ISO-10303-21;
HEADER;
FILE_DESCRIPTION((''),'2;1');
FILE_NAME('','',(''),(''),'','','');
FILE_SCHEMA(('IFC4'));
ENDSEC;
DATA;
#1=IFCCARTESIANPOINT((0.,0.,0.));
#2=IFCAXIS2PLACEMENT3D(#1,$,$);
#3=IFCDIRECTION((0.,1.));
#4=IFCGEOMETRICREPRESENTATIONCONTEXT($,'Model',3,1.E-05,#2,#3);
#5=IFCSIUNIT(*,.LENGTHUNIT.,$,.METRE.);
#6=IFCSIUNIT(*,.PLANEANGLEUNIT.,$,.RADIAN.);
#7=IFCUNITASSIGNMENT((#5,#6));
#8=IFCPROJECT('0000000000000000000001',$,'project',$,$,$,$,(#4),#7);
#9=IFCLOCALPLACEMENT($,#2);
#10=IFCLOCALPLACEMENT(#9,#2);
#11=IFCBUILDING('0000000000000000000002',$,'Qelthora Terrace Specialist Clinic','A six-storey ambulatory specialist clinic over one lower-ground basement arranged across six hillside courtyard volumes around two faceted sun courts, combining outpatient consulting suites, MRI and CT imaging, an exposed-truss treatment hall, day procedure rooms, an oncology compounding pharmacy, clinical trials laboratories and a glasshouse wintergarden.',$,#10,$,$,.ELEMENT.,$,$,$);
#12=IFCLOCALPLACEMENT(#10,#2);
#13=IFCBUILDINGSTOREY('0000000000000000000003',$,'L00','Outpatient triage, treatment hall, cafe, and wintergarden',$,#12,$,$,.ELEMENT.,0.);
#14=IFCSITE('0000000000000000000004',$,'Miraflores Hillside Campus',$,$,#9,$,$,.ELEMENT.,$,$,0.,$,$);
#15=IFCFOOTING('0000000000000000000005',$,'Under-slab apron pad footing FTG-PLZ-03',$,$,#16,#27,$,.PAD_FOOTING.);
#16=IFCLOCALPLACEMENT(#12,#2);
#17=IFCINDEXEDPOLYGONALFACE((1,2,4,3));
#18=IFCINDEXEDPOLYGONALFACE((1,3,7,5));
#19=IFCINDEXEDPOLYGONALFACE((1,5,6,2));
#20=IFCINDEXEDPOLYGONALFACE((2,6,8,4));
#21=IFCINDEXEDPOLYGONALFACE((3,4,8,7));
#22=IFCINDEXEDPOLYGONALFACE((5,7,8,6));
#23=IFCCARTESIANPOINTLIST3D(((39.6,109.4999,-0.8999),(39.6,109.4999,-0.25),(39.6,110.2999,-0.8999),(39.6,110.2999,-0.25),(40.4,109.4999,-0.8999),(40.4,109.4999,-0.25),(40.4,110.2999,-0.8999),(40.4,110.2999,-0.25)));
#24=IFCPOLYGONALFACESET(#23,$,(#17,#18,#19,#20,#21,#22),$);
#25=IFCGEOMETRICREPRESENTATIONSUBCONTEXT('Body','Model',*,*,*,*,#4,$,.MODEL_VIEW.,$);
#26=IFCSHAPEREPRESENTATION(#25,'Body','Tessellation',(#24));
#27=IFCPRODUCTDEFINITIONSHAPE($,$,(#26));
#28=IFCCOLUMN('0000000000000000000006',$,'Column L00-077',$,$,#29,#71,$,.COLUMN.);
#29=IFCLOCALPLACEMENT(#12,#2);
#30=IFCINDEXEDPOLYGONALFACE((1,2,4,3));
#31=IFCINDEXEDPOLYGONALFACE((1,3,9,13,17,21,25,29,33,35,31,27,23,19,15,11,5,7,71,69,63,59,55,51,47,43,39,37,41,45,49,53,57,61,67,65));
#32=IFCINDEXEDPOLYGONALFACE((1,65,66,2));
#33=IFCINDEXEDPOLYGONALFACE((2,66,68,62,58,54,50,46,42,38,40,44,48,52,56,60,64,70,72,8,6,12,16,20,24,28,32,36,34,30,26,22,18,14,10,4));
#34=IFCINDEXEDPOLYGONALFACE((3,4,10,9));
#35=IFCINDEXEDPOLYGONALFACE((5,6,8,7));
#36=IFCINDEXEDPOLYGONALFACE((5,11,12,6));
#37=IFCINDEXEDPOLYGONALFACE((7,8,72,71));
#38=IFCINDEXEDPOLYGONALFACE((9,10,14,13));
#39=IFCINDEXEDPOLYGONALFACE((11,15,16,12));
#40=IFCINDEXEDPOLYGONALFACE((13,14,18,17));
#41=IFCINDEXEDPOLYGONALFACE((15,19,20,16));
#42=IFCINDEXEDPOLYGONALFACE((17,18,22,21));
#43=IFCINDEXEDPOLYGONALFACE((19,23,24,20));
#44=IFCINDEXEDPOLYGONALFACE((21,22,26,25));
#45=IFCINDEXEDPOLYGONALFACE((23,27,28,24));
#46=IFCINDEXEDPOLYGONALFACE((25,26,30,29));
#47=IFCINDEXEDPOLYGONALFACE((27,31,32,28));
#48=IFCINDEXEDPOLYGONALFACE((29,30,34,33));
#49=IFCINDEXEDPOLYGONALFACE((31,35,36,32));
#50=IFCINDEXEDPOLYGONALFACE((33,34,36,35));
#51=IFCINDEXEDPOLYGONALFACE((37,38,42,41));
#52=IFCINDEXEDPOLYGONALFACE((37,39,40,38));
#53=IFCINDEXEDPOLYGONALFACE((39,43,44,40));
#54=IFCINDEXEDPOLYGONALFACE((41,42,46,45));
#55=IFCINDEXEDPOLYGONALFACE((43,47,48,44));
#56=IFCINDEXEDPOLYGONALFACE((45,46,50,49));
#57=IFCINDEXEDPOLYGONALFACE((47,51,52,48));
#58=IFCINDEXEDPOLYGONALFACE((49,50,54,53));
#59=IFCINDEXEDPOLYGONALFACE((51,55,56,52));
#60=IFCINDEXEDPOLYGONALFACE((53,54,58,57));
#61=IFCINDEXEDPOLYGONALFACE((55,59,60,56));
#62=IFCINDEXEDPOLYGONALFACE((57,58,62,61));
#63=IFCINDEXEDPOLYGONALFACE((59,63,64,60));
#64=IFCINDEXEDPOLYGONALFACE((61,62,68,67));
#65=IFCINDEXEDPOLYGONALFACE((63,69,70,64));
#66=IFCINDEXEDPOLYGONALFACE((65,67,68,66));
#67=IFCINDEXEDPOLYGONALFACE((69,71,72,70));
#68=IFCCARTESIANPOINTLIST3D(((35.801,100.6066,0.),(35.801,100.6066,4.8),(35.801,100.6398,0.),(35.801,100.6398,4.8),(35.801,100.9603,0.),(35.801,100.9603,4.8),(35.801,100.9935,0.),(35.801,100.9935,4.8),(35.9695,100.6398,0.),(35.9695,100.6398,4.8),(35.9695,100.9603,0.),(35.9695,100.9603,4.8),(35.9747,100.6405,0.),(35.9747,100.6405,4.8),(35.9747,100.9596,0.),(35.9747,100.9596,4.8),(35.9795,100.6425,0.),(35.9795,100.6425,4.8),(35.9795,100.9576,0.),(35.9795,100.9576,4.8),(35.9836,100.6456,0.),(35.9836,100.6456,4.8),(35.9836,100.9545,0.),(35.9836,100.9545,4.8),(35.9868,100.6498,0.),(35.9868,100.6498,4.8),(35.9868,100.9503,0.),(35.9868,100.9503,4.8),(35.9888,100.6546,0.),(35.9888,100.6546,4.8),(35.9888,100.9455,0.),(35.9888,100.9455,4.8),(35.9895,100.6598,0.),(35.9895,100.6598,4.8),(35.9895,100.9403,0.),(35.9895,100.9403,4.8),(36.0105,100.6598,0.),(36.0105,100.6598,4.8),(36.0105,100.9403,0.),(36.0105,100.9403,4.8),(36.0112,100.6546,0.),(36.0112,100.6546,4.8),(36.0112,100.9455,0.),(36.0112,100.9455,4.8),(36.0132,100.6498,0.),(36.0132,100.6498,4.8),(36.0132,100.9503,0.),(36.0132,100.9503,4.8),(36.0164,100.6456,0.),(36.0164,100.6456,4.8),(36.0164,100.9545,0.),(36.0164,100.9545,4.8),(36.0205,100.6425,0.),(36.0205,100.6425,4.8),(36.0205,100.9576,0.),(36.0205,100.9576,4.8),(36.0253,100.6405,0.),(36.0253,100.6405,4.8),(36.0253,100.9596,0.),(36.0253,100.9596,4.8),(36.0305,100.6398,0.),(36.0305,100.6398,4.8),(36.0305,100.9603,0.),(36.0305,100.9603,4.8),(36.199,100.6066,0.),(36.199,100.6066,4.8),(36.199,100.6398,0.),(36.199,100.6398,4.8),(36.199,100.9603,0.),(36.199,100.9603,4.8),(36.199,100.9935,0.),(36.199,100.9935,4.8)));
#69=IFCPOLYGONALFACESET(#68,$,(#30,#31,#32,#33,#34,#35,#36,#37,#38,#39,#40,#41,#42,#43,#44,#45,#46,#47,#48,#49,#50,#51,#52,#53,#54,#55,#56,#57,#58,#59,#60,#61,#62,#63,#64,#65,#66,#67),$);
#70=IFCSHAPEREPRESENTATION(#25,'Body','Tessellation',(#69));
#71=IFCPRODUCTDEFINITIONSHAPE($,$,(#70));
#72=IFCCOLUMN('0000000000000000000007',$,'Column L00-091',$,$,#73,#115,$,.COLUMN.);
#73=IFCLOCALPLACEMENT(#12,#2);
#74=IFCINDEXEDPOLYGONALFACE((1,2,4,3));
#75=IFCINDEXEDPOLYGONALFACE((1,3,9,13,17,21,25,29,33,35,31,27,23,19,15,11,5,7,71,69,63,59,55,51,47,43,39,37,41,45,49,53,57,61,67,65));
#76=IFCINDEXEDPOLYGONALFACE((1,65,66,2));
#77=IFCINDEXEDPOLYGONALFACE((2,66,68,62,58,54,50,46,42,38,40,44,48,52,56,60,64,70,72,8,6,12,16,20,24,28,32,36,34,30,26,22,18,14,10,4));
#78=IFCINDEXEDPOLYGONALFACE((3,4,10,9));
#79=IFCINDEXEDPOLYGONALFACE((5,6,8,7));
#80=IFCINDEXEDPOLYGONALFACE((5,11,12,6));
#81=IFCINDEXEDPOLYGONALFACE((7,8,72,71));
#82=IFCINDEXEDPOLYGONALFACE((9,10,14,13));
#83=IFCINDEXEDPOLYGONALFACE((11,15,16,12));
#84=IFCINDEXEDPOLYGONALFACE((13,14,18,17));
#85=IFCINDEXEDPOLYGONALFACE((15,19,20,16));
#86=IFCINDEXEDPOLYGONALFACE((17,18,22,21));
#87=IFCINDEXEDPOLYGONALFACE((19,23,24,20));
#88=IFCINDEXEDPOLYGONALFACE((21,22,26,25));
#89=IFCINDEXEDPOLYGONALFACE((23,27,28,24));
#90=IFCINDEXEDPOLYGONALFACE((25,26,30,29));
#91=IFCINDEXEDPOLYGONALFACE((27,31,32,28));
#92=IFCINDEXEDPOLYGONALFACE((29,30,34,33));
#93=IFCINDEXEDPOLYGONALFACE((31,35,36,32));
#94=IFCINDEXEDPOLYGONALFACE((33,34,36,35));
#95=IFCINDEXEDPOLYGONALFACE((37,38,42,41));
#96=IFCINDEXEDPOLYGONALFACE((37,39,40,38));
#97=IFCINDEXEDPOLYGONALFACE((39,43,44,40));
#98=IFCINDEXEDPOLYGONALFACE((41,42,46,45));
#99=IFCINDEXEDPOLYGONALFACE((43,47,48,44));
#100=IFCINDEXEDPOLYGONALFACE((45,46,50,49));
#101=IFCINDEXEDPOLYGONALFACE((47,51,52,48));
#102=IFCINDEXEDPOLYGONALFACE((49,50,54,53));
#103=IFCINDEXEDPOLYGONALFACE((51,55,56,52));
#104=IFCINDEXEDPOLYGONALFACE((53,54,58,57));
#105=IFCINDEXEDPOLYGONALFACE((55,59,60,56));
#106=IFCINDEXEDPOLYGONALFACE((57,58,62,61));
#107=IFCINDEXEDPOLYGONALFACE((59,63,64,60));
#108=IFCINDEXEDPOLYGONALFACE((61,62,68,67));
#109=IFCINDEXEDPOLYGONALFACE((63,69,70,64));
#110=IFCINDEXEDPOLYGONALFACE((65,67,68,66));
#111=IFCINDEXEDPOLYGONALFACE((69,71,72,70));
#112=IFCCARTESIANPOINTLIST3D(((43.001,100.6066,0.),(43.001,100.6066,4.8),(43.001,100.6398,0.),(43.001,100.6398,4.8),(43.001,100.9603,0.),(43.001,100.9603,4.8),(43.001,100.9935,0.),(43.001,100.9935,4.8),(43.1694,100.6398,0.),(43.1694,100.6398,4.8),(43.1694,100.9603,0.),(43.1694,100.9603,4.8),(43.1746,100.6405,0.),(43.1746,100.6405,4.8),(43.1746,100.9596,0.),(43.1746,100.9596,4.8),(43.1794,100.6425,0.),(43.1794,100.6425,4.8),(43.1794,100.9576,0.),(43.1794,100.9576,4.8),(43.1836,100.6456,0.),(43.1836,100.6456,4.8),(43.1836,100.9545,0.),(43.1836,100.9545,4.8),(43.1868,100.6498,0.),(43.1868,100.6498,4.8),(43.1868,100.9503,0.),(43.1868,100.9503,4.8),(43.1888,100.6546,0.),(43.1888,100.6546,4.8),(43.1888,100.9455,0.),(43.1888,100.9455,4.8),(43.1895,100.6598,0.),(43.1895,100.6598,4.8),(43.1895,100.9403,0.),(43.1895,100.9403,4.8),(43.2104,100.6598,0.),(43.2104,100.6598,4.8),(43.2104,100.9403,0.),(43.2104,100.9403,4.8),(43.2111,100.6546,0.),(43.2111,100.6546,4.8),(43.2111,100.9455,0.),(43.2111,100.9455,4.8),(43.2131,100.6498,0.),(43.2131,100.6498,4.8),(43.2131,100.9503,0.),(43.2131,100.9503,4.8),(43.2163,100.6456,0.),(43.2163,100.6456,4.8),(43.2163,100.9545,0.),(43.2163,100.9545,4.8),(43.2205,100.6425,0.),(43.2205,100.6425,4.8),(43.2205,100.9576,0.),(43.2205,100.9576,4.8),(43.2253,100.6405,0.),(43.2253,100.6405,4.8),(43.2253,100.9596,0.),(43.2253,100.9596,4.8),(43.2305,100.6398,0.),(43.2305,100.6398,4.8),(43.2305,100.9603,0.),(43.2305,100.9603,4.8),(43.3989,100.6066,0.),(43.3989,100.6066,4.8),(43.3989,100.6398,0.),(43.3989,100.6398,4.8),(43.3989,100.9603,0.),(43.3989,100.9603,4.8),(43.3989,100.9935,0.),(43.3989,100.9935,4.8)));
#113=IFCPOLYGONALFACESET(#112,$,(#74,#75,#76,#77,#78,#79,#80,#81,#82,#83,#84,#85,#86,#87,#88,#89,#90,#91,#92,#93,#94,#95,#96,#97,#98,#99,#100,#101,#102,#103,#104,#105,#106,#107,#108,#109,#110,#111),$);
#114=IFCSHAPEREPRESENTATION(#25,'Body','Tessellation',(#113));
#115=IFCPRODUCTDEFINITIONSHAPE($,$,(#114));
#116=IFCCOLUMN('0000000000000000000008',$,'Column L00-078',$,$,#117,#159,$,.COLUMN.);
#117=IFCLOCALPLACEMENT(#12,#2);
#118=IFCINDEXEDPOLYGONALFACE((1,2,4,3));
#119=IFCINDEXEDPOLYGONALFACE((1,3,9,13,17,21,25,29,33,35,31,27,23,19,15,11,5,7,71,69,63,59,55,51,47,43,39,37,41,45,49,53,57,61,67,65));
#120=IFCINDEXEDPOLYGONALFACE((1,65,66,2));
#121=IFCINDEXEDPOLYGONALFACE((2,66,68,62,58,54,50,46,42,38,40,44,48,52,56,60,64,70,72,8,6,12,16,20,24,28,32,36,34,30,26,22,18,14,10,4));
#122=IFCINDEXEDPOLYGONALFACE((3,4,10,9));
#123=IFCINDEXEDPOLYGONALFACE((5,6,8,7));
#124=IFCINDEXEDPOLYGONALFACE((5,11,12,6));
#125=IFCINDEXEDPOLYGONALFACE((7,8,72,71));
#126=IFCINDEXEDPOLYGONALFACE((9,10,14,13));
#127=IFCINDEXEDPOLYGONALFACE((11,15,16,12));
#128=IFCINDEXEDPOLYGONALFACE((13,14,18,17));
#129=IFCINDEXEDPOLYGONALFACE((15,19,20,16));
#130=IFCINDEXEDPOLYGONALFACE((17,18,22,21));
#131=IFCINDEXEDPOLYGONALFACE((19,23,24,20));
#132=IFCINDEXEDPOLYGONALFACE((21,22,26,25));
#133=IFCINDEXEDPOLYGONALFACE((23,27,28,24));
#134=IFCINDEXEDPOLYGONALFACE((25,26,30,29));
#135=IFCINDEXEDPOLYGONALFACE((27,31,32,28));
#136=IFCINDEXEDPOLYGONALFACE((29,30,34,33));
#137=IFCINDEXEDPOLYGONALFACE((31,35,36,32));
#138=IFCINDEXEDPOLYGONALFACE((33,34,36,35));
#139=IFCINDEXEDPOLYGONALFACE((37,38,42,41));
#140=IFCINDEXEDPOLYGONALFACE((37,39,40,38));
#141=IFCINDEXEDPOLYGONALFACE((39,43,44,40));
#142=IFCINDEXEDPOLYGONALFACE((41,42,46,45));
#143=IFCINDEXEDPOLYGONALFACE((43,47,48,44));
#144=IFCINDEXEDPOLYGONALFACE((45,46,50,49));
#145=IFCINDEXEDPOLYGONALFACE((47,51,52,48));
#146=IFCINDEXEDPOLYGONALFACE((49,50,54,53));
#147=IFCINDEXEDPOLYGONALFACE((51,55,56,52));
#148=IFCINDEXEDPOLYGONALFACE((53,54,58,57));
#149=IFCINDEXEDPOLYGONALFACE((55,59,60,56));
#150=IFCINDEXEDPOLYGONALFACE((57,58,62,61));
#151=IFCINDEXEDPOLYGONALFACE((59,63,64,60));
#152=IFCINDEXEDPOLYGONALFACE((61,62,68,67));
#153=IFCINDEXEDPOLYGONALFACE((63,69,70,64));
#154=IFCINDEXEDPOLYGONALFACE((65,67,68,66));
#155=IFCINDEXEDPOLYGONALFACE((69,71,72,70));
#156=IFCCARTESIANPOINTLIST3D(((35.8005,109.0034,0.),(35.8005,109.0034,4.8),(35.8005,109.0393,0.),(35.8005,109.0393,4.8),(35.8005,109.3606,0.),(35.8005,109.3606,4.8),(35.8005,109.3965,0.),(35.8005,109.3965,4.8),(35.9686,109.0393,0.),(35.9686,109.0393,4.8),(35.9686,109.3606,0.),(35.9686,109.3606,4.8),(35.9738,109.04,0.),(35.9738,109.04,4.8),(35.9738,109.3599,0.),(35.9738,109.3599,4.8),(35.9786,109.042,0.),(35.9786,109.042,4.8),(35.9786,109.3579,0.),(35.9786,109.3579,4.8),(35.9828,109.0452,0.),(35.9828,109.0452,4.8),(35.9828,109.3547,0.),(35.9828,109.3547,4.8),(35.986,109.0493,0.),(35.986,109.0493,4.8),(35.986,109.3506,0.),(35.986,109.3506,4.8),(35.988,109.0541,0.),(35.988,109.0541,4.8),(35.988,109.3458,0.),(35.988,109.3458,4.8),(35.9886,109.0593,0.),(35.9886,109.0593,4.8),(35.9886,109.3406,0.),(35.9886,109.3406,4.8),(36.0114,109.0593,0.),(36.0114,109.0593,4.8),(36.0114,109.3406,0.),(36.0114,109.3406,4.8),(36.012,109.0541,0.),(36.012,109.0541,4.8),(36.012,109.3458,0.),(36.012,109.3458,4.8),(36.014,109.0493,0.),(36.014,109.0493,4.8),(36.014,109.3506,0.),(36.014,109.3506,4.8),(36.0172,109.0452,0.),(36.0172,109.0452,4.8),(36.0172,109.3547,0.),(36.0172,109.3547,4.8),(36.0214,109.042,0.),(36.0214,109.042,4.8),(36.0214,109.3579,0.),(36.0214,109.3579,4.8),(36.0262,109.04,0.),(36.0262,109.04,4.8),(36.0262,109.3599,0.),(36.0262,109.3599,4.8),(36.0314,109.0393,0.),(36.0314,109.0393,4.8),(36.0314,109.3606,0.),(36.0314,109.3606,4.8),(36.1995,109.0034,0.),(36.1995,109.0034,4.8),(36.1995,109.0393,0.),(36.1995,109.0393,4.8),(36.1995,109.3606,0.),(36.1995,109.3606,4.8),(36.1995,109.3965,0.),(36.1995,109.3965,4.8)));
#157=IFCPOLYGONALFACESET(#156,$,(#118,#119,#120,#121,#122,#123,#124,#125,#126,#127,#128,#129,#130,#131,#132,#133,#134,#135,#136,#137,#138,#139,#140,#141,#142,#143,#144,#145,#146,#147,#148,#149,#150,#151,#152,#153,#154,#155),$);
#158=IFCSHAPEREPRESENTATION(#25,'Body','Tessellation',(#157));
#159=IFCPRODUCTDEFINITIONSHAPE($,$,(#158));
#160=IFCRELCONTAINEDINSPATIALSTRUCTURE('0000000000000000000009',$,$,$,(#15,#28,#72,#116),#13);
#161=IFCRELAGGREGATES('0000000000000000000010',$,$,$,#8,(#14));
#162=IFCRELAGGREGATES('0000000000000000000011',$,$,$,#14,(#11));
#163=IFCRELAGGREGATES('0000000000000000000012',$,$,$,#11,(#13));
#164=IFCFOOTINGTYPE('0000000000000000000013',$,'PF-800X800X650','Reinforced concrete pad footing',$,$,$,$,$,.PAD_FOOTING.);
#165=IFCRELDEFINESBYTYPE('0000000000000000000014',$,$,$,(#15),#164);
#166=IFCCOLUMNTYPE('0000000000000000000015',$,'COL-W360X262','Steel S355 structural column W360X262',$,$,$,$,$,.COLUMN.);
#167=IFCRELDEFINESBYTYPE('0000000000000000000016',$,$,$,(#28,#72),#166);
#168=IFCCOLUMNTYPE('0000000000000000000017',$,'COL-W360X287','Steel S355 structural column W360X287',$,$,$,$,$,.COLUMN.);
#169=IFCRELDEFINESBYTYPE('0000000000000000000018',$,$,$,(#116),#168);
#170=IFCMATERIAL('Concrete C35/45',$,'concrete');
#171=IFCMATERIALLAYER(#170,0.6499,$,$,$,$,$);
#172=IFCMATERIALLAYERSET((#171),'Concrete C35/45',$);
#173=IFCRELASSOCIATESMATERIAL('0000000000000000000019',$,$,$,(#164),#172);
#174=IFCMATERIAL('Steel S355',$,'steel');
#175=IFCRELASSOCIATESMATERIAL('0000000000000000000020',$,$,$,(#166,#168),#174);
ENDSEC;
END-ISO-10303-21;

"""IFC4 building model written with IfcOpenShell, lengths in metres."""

from ifc_helpers import new_model, si_unit, direction, frame, origin, origin_2d, place, context, subcontext, project, spatial, rectangle, i_section, extrude, material, layer, layer_set, material_profile, profile_set, type_object, element, save


model = new_model("IFC4")

# Units and contexts
model_context = context("Model", 3, precision=1e-05, world=origin(), true_north=direction((0.0, 1.0)))
body_context = subcontext(model_context, "Body", "Model", "MODEL_VIEW")
ifc_project = project(units=[si_unit("LENGTHUNIT", "METRE"), si_unit("PLANEANGLEUNIT", "RADIAN")], contexts=[model_context])

# Site, building, storey
site_placement = place(None, origin())
site = spatial("IfcSite", under=ifc_project, at=site_placement, Name="Miraflores Hillside Campus", CompositionType="ELEMENT", RefElevation=0.0)
building_placement = place(site_placement, origin())
building = spatial("IfcBuilding", under=site, at=building_placement, Name="Qelthora Terrace Specialist Clinic", Description="A six-storey ambulatory specialist clinic over one lower-ground basement arranged across six hillside courtyard volumes around two faceted sun courts, combining outpatient consulting suites, MRI and CT imaging, an exposed-truss treatment hall, day procedure rooms, an oncology compounding pharmacy, clinical trials laboratories and a glasshouse wintergarden.", CompositionType="ELEMENT")
storey_placement = place(building_placement, origin())
storey = spatial("IfcBuildingStorey", under=building, at=storey_placement, Name="L00", Description="Outpatient triage, treatment hall, cafe, and wintergarden", CompositionType="ELEMENT", Elevation=0.0)

# Footing
ifc_material_1 = material(Name="Concrete C35/45", Category="concrete")
ifc_layer_1 = layer(ifc_material_1, 0.6499)
ifc_layer_set_1 = layer_set([ifc_layer_1], Name="Concrete C35/45")
footing_type = type_object("IfcFootingType", Name="PF-800X800X650", Description="Reinforced concrete pad footing", PredefinedType="PAD_FOOTING", material=ifc_layer_set_1)
footing_placement = place(storey_placement, frame((40.0, 109.8999, -0.8999), z_axis=(0.0, 0.0, 1.0), x_axis=(1.0, 0.0, 0.0)))
element("IfcFooting", 1, at=footing_placement, inside=storey, type_object=footing_type, Name="Under-slab apron pad footing FTG-PLZ-03", PredefinedType="PAD_FOOTING", context=body_context, shape_type="SweptSolid", body=[
    extrude(rectangle(XDim=0.8, YDim=0.8, at=origin_2d()), origin(), (0.0, 0.0, 1.0), 0.6499),
])

# Columns
ifc_material_2 = material(Name="Steel S355", Category="steel")
ifc_material_profile_1 = material_profile(ifc_material_2, i_section(OverallWidth=0.3979, OverallDepth=0.387, WebThickness=0.021, FlangeThickness=0.0332, FilletRadius=0.02, at=origin_2d()), Name="W360X262")
ifc_profile_set_1 = profile_set([ifc_material_profile_1], Name="Steel S355")
column_type_1 = type_object("IfcColumnType", Name="COL-W360X262", Description="Steel S355 structural column W360X262", PredefinedType="COLUMN", material=ifc_profile_set_1)
for number, where, z_axis, x_axis, name in (
    (2, (36.0, 100.8, 0.0), (0.0, 0.0, 1.0), (1.0, 0.0, 0.0), "Column L00-077"),
    (3, (43.2, 100.8, 0.0), (0.0, 0.0, 1.0), (1.0, 0.0, 0.0), "Column L00-091"),
):
    element("IfcColumn", number, at=place(storey_placement, frame(where, z_axis=z_axis, x_axis=x_axis)), inside=storey, type_object=column_type_1, Name=name, PredefinedType="COLUMN", context=body_context, shape_type="SweptSolid", body=[
        extrude(i_section(OverallWidth=0.3979, OverallDepth=0.387, WebThickness=0.021, FlangeThickness=0.0332, FilletRadius=0.02, at=origin_2d()), origin(), (0.0, 0.0, 1.0), 4.8),
    ])
ifc_material_profile_2 = material_profile(ifc_material_2, i_section(OverallWidth=0.3989, OverallDepth=0.3931, WebThickness=0.0227, FlangeThickness=0.0359, FilletRadius=0.02, at=origin_2d()), Name="W360X287")
ifc_profile_set_2 = profile_set([ifc_material_profile_2], Name="Steel S355")
column_type_2 = type_object("IfcColumnType", Name="COL-W360X287", Description="Steel S355 structural column W360X287", PredefinedType="COLUMN", material=ifc_profile_set_2)
for number, where, z_axis, x_axis, name in (
    (4, (36.0, 109.2, 0.0), (0.0, 0.0, 1.0), (1.0, 0.0, 0.0), "Column L00-078"),
):
    element("IfcColumn", number, at=place(storey_placement, frame(where, z_axis=z_axis, x_axis=x_axis)), inside=storey, type_object=column_type_2, Name=name, PredefinedType="COLUMN", context=body_context, shape_type="SweptSolid", body=[
        extrude(i_section(OverallWidth=0.3989, OverallDepth=0.3931, WebThickness=0.0227, FlangeThickness=0.0359, FilletRadius=0.02, at=origin_2d()), origin(), (0.0, 0.0, 1.0), 4.8),
    ])

save(model, "model.ifc")
